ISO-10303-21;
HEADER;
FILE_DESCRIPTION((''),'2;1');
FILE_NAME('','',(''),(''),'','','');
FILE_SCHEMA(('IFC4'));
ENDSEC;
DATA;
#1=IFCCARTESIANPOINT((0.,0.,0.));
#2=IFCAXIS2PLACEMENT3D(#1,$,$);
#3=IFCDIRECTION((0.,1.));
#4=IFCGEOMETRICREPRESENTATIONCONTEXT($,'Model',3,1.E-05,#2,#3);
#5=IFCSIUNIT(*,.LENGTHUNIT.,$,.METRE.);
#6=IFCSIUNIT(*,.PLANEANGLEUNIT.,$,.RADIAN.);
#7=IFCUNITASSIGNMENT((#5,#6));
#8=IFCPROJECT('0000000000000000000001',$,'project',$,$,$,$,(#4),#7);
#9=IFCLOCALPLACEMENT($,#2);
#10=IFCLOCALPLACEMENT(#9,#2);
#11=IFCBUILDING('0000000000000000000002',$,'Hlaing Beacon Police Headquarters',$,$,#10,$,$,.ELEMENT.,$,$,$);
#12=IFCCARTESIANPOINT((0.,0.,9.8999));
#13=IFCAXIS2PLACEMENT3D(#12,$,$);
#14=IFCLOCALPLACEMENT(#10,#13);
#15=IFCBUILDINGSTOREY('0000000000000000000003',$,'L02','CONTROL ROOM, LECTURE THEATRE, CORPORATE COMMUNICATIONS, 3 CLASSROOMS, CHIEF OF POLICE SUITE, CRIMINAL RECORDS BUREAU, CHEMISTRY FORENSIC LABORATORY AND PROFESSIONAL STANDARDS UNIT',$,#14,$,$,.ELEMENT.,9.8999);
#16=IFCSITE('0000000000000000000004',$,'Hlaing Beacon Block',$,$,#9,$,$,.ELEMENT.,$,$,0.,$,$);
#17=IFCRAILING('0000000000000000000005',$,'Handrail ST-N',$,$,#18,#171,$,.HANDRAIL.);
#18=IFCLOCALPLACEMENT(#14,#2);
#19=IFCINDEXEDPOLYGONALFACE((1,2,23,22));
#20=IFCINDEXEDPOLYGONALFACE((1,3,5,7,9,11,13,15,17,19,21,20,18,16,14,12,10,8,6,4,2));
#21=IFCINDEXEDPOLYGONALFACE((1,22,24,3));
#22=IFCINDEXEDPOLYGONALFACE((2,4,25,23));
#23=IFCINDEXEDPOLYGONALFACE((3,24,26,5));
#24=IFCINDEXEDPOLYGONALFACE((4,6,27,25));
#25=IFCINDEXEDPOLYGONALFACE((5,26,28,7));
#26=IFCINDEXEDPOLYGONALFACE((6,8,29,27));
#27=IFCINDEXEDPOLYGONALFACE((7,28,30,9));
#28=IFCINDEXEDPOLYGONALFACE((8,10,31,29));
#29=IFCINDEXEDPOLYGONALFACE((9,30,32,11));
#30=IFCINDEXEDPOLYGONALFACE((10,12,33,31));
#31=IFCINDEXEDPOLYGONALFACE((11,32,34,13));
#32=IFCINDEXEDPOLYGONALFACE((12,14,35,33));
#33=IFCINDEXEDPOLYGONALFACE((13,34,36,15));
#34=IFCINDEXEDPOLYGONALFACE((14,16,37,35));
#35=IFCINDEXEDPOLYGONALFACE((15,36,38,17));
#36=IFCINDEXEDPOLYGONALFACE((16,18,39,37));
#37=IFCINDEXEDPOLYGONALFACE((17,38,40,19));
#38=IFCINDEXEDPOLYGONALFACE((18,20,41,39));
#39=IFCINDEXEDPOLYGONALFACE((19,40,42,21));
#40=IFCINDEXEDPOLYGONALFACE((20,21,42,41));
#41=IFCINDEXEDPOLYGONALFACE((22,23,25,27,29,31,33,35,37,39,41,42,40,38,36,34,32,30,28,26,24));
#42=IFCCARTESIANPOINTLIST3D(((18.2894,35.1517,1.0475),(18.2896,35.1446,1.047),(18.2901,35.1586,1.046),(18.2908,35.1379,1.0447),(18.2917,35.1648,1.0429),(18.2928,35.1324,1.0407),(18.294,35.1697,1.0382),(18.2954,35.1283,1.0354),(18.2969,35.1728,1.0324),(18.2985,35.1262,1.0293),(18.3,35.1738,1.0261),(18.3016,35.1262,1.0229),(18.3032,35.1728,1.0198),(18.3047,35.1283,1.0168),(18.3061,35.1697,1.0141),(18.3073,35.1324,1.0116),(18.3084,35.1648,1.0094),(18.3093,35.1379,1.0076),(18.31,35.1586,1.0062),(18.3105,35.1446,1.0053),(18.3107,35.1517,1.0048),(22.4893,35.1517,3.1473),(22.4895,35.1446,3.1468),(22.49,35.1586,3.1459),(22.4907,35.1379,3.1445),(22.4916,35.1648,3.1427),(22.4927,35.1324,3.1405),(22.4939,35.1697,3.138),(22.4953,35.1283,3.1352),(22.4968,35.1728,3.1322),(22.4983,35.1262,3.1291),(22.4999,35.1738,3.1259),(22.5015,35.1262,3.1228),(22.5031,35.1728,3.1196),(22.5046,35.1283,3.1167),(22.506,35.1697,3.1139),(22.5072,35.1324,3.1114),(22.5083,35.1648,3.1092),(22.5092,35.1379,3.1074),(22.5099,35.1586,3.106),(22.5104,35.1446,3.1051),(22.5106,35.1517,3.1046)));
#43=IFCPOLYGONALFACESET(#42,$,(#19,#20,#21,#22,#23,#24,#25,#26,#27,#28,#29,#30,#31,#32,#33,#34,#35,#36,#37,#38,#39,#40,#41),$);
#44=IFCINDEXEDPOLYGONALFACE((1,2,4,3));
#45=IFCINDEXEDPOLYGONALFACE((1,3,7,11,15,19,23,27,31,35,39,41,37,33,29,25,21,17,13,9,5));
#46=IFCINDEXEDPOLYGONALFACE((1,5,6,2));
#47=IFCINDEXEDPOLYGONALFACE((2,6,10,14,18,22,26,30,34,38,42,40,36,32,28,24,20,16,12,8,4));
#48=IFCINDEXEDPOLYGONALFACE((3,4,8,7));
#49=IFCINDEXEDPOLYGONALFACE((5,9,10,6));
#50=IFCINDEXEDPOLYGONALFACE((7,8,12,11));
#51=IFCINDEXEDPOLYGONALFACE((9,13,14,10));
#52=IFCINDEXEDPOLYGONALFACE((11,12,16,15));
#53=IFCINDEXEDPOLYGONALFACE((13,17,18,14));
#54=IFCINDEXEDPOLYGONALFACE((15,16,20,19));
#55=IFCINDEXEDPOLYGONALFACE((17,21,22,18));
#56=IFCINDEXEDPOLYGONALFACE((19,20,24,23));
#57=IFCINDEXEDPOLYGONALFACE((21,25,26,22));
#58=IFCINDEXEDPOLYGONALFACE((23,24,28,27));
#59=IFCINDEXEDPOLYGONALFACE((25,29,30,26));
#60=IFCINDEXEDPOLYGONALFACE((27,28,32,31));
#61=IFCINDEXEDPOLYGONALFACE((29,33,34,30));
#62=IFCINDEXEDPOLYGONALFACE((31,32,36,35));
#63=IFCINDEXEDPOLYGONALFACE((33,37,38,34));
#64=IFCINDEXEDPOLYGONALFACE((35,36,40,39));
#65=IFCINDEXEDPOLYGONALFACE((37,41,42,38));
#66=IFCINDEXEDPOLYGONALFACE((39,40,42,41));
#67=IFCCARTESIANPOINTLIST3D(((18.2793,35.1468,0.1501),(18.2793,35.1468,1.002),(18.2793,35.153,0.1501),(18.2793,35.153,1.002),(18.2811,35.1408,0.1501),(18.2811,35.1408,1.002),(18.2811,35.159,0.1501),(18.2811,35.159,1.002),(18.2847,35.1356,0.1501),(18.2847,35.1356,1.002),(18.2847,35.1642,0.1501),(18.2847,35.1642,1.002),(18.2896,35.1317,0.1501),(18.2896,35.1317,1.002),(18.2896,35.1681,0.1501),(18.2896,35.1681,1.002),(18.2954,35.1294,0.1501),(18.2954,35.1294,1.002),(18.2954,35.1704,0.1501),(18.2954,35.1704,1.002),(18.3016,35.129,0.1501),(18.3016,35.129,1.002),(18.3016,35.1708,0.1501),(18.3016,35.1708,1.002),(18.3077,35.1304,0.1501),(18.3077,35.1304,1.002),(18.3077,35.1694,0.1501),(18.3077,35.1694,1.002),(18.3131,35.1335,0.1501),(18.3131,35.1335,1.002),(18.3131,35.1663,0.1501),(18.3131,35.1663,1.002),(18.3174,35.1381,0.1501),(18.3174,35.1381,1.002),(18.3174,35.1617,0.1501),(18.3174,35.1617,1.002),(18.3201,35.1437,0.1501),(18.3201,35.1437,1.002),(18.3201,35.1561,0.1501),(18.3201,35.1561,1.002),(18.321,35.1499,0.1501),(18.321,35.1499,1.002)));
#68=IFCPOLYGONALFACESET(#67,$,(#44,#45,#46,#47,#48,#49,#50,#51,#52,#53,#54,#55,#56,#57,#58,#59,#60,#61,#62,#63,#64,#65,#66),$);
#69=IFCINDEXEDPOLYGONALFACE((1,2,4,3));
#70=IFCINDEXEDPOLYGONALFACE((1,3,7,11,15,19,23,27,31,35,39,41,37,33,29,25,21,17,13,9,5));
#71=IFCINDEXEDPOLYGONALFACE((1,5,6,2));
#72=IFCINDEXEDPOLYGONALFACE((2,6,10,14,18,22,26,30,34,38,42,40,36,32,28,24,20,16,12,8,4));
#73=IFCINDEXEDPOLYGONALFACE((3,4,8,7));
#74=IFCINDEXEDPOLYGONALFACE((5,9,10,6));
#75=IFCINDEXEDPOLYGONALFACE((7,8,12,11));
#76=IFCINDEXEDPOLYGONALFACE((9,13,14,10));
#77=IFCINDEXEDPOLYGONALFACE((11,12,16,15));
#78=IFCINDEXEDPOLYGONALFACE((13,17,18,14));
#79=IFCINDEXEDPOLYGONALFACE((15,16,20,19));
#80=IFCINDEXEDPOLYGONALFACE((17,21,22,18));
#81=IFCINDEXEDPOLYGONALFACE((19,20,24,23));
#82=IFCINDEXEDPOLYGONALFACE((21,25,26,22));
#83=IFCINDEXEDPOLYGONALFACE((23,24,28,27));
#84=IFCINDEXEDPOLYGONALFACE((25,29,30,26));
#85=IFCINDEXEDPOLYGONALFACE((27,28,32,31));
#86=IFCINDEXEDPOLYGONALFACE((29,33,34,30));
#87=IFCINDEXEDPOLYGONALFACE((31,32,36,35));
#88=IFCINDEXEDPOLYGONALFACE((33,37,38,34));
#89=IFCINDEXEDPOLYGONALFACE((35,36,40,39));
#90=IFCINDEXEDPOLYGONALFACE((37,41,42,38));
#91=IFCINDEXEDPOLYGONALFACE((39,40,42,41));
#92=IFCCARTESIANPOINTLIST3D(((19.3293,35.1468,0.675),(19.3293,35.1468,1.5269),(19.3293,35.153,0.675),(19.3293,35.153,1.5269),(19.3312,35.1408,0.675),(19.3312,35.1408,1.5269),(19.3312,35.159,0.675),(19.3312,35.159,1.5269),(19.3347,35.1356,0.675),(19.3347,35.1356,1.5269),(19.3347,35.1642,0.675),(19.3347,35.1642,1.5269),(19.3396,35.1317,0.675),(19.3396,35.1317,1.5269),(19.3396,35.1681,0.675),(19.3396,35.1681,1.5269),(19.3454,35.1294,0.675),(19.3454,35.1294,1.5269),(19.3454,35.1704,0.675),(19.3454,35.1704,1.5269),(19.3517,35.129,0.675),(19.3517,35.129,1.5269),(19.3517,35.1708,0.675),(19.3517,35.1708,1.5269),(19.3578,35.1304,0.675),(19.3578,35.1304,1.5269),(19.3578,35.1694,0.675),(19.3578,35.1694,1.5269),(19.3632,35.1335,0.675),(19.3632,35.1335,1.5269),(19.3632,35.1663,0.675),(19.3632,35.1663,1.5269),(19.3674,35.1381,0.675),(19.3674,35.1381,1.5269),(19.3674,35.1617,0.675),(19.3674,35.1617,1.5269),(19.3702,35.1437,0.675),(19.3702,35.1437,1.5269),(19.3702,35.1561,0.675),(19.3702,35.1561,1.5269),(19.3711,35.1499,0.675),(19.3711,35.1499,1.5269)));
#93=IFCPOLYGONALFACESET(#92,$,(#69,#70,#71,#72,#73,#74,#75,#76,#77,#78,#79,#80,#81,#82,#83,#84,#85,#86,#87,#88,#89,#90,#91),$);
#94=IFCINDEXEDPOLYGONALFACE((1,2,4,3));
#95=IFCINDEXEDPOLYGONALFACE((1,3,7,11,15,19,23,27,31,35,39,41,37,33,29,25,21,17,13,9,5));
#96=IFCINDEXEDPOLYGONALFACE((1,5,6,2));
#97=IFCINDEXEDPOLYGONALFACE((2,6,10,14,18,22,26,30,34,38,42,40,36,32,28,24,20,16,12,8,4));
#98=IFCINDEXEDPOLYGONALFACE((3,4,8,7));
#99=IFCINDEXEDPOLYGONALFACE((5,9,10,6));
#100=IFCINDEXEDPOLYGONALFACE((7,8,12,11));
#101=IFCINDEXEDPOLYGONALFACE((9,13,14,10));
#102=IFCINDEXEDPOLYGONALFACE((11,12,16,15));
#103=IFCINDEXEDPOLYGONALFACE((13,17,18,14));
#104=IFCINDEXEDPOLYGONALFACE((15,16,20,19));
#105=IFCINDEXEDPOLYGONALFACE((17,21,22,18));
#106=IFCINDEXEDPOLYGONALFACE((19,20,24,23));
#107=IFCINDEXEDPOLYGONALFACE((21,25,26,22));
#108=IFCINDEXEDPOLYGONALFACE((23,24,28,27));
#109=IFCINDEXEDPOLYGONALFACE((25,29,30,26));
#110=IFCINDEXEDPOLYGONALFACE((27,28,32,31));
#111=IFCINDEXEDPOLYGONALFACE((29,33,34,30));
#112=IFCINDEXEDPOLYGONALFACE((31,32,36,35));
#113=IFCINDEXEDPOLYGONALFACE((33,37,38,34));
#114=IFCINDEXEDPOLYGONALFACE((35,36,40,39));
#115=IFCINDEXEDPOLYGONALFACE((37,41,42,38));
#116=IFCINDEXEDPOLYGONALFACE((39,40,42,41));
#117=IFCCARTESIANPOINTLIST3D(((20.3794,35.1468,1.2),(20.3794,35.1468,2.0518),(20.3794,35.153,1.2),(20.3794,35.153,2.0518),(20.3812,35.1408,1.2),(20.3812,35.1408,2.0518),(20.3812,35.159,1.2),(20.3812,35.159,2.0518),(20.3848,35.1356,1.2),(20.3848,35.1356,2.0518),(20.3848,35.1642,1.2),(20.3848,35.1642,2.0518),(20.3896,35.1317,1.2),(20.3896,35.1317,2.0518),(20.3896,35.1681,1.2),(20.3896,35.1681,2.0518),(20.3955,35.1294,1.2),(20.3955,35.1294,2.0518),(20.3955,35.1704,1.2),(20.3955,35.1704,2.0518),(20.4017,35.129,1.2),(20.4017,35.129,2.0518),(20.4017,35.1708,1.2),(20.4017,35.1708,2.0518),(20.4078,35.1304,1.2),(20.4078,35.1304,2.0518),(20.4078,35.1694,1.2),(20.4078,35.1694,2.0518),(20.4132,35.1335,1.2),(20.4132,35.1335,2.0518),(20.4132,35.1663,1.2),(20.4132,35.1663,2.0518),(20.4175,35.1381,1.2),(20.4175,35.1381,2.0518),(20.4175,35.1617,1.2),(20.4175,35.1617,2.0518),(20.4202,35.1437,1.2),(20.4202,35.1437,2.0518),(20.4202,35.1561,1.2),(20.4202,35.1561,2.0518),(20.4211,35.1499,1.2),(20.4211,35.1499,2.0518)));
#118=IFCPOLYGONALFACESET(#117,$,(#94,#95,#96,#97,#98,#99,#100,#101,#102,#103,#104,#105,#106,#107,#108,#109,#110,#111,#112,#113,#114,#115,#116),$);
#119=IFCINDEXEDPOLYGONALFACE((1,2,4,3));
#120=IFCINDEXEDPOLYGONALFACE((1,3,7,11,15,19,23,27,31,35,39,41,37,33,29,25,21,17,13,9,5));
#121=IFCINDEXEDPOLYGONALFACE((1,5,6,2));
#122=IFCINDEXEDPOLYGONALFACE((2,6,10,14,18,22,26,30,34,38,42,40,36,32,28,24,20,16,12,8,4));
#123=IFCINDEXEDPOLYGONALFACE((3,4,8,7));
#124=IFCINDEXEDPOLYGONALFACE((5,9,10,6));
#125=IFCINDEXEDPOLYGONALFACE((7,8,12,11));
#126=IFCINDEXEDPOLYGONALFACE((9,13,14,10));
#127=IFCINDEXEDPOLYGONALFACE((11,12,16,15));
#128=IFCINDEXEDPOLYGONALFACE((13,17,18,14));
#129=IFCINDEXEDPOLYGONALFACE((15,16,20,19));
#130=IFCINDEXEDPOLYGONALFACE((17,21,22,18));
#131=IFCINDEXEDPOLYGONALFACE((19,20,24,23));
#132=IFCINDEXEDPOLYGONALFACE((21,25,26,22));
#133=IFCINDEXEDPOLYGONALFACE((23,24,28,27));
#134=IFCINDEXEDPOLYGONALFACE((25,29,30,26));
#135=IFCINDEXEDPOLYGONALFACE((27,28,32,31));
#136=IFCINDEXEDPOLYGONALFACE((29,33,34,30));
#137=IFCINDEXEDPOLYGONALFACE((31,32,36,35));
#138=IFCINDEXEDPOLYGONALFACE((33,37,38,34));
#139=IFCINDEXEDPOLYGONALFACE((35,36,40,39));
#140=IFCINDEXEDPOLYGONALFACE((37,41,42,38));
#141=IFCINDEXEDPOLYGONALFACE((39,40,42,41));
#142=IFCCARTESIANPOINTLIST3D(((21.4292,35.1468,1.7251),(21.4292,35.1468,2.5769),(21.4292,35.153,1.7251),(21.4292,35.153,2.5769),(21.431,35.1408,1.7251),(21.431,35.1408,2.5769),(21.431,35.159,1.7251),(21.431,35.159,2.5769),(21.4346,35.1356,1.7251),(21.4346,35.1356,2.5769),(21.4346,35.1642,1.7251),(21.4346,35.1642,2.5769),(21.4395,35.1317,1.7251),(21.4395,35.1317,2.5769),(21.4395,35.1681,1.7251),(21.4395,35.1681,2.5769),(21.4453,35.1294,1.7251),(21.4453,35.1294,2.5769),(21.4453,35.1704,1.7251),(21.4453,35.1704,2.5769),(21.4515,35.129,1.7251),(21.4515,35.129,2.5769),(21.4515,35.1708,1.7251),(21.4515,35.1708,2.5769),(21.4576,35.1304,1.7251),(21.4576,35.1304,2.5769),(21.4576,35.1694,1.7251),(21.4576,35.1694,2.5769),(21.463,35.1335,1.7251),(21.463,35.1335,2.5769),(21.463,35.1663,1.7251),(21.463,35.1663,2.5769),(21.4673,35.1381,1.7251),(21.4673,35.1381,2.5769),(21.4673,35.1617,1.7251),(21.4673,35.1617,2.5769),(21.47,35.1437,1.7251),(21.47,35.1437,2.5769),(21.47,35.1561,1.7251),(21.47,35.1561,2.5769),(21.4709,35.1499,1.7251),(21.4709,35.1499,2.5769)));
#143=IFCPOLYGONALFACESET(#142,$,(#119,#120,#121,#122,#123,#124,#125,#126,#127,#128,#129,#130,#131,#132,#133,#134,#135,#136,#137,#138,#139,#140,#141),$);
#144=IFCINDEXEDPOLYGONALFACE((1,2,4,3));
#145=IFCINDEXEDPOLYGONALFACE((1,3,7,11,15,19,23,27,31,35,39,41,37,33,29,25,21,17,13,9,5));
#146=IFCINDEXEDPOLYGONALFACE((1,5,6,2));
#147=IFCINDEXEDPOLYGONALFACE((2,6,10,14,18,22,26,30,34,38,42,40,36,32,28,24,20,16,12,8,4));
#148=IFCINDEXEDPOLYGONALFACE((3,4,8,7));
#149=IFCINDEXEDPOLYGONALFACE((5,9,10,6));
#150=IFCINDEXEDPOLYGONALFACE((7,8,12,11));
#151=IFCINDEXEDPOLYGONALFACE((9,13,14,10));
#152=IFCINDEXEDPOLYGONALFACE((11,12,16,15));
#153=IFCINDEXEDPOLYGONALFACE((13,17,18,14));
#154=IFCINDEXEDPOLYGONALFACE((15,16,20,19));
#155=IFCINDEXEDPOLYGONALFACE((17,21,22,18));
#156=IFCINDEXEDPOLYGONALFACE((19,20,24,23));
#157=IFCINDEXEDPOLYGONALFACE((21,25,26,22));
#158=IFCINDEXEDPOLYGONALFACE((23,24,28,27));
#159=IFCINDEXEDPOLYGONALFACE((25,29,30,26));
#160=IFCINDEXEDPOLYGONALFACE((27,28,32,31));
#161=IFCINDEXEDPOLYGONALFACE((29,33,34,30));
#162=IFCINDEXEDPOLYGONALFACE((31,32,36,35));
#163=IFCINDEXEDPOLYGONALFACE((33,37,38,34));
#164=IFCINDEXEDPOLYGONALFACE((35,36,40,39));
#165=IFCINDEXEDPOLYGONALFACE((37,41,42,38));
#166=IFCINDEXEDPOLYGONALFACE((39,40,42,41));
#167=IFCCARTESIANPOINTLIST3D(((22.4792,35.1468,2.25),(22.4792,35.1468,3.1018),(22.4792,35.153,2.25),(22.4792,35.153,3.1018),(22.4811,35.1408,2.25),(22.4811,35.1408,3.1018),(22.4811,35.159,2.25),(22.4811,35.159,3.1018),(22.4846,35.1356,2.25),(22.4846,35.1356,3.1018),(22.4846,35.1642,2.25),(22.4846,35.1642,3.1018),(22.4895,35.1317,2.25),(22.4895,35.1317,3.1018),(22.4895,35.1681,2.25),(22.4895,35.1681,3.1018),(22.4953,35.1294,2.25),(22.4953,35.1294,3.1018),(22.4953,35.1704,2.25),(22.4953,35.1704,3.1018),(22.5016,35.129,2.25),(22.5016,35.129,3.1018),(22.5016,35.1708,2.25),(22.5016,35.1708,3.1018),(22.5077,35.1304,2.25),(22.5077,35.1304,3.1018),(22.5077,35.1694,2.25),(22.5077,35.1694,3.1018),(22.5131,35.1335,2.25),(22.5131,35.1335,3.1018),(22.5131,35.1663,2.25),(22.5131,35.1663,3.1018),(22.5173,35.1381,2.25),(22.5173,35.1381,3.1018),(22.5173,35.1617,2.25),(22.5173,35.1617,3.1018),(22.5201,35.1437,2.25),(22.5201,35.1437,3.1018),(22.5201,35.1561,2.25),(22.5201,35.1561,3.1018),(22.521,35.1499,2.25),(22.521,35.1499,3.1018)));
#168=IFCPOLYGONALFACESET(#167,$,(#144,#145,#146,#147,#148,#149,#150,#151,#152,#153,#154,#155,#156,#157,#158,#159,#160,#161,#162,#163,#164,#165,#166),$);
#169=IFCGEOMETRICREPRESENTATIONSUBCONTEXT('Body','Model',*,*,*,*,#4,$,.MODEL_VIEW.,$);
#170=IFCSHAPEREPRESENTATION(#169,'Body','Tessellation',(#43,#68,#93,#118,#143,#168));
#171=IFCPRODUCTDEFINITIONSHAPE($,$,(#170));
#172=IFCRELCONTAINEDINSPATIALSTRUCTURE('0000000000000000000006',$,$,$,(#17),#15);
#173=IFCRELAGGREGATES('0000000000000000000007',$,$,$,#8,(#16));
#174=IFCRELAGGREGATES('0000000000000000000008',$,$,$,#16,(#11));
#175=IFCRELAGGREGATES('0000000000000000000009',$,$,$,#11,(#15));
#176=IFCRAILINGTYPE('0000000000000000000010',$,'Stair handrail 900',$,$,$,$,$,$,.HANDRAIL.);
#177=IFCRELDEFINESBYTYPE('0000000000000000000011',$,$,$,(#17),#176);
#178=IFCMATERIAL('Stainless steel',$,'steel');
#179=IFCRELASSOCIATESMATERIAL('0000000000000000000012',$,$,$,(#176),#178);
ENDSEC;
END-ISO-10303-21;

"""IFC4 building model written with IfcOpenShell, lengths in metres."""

from ifc_helpers import new_model, si_unit, direction, frame, origin, origin_2d, place, context, subcontext, project, spatial, circle, extrude, material, type_object, element, save


model = new_model("IFC4")

# Units and contexts
model_context = context("Model", 3, precision=1e-05, world=origin(), true_north=direction((0.0, 1.0)))
body_context = subcontext(model_context, "Body", "Model", "MODEL_VIEW")
ifc_project = project(units=[si_unit("LENGTHUNIT", "METRE"), si_unit("PLANEANGLEUNIT", "RADIAN")], contexts=[model_context])

# Site, building, storey
site_placement = place(None, origin())
site = spatial("IfcSite", under=ifc_project, at=site_placement, Name="Hlaing Beacon Block", CompositionType="ELEMENT", RefElevation=0.0)
building_placement = place(site_placement, origin())
building = spatial("IfcBuilding", under=site, at=building_placement, Name="Hlaing Beacon Police Headquarters", CompositionType="ELEMENT")
storey_placement = place(building_placement, frame((0.0, 0.0, 9.8999)))
storey = spatial("IfcBuildingStorey", under=building, at=storey_placement, Name="L02", Description="CONTROL ROOM, LECTURE THEATRE, CORPORATE COMMUNICATIONS, 3 CLASSROOMS, CHIEF OF POLICE SUITE, CRIMINAL RECORDS BUREAU, CHEMISTRY FORENSIC LABORATORY AND PROFESSIONAL STANDARDS UNIT", CompositionType="ELEMENT", Elevation=9.8999)

# Railing
ifc_material_1 = material(Name="Stainless steel", Category="steel")
railing_type_1 = type_object("IfcRailingType", Name="Stair handrail 900", PredefinedType="HANDRAIL", material=ifc_material_1)
for number, where, name in (
    (1, (18.3, 35.1499, 0.1501), "Handrail ST-N"),
):
    element("IfcRailing", number, at=place(storey_placement, frame(where)), inside=storey, type_object=railing_type_1, Name=name, PredefinedType="HANDRAIL", context=body_context, shape_type="SweptSolid", body=[
        extrude(circle(Radius=0.0239, at=origin_2d()), frame((0.0, 0.0, 0.876), z_axis=(0.894438, 0.0, 0.447193), x_axis=(0.0, 1.0, 0.0)), (0.0, 0.0, 1.0), 4.6956),
        extrude(circle(Radius=0.021, at=origin_2d()), origin(), (0.0, 0.0, 1.0), 0.8518),
        extrude(circle(Radius=0.021, at=origin_2d()), frame((1.05, 0.0, 0.5249)), (0.0, 0.0, 1.0), 0.8518),
        extrude(circle(Radius=0.021, at=origin_2d()), frame((2.1001, 0.0, 1.0498)), (0.0, 0.0, 1.0), 0.8518),
        extrude(circle(Radius=0.021, at=origin_2d()), frame((3.1499, 0.0, 1.575)), (0.0, 0.0, 1.0), 0.8518),
        extrude(circle(Radius=0.021, at=origin_2d()), frame((4.2, 0.0, 2.0999)), (0.0, 0.0, 1.0), 0.8518),
    ])

save(model, "model.ifc")
